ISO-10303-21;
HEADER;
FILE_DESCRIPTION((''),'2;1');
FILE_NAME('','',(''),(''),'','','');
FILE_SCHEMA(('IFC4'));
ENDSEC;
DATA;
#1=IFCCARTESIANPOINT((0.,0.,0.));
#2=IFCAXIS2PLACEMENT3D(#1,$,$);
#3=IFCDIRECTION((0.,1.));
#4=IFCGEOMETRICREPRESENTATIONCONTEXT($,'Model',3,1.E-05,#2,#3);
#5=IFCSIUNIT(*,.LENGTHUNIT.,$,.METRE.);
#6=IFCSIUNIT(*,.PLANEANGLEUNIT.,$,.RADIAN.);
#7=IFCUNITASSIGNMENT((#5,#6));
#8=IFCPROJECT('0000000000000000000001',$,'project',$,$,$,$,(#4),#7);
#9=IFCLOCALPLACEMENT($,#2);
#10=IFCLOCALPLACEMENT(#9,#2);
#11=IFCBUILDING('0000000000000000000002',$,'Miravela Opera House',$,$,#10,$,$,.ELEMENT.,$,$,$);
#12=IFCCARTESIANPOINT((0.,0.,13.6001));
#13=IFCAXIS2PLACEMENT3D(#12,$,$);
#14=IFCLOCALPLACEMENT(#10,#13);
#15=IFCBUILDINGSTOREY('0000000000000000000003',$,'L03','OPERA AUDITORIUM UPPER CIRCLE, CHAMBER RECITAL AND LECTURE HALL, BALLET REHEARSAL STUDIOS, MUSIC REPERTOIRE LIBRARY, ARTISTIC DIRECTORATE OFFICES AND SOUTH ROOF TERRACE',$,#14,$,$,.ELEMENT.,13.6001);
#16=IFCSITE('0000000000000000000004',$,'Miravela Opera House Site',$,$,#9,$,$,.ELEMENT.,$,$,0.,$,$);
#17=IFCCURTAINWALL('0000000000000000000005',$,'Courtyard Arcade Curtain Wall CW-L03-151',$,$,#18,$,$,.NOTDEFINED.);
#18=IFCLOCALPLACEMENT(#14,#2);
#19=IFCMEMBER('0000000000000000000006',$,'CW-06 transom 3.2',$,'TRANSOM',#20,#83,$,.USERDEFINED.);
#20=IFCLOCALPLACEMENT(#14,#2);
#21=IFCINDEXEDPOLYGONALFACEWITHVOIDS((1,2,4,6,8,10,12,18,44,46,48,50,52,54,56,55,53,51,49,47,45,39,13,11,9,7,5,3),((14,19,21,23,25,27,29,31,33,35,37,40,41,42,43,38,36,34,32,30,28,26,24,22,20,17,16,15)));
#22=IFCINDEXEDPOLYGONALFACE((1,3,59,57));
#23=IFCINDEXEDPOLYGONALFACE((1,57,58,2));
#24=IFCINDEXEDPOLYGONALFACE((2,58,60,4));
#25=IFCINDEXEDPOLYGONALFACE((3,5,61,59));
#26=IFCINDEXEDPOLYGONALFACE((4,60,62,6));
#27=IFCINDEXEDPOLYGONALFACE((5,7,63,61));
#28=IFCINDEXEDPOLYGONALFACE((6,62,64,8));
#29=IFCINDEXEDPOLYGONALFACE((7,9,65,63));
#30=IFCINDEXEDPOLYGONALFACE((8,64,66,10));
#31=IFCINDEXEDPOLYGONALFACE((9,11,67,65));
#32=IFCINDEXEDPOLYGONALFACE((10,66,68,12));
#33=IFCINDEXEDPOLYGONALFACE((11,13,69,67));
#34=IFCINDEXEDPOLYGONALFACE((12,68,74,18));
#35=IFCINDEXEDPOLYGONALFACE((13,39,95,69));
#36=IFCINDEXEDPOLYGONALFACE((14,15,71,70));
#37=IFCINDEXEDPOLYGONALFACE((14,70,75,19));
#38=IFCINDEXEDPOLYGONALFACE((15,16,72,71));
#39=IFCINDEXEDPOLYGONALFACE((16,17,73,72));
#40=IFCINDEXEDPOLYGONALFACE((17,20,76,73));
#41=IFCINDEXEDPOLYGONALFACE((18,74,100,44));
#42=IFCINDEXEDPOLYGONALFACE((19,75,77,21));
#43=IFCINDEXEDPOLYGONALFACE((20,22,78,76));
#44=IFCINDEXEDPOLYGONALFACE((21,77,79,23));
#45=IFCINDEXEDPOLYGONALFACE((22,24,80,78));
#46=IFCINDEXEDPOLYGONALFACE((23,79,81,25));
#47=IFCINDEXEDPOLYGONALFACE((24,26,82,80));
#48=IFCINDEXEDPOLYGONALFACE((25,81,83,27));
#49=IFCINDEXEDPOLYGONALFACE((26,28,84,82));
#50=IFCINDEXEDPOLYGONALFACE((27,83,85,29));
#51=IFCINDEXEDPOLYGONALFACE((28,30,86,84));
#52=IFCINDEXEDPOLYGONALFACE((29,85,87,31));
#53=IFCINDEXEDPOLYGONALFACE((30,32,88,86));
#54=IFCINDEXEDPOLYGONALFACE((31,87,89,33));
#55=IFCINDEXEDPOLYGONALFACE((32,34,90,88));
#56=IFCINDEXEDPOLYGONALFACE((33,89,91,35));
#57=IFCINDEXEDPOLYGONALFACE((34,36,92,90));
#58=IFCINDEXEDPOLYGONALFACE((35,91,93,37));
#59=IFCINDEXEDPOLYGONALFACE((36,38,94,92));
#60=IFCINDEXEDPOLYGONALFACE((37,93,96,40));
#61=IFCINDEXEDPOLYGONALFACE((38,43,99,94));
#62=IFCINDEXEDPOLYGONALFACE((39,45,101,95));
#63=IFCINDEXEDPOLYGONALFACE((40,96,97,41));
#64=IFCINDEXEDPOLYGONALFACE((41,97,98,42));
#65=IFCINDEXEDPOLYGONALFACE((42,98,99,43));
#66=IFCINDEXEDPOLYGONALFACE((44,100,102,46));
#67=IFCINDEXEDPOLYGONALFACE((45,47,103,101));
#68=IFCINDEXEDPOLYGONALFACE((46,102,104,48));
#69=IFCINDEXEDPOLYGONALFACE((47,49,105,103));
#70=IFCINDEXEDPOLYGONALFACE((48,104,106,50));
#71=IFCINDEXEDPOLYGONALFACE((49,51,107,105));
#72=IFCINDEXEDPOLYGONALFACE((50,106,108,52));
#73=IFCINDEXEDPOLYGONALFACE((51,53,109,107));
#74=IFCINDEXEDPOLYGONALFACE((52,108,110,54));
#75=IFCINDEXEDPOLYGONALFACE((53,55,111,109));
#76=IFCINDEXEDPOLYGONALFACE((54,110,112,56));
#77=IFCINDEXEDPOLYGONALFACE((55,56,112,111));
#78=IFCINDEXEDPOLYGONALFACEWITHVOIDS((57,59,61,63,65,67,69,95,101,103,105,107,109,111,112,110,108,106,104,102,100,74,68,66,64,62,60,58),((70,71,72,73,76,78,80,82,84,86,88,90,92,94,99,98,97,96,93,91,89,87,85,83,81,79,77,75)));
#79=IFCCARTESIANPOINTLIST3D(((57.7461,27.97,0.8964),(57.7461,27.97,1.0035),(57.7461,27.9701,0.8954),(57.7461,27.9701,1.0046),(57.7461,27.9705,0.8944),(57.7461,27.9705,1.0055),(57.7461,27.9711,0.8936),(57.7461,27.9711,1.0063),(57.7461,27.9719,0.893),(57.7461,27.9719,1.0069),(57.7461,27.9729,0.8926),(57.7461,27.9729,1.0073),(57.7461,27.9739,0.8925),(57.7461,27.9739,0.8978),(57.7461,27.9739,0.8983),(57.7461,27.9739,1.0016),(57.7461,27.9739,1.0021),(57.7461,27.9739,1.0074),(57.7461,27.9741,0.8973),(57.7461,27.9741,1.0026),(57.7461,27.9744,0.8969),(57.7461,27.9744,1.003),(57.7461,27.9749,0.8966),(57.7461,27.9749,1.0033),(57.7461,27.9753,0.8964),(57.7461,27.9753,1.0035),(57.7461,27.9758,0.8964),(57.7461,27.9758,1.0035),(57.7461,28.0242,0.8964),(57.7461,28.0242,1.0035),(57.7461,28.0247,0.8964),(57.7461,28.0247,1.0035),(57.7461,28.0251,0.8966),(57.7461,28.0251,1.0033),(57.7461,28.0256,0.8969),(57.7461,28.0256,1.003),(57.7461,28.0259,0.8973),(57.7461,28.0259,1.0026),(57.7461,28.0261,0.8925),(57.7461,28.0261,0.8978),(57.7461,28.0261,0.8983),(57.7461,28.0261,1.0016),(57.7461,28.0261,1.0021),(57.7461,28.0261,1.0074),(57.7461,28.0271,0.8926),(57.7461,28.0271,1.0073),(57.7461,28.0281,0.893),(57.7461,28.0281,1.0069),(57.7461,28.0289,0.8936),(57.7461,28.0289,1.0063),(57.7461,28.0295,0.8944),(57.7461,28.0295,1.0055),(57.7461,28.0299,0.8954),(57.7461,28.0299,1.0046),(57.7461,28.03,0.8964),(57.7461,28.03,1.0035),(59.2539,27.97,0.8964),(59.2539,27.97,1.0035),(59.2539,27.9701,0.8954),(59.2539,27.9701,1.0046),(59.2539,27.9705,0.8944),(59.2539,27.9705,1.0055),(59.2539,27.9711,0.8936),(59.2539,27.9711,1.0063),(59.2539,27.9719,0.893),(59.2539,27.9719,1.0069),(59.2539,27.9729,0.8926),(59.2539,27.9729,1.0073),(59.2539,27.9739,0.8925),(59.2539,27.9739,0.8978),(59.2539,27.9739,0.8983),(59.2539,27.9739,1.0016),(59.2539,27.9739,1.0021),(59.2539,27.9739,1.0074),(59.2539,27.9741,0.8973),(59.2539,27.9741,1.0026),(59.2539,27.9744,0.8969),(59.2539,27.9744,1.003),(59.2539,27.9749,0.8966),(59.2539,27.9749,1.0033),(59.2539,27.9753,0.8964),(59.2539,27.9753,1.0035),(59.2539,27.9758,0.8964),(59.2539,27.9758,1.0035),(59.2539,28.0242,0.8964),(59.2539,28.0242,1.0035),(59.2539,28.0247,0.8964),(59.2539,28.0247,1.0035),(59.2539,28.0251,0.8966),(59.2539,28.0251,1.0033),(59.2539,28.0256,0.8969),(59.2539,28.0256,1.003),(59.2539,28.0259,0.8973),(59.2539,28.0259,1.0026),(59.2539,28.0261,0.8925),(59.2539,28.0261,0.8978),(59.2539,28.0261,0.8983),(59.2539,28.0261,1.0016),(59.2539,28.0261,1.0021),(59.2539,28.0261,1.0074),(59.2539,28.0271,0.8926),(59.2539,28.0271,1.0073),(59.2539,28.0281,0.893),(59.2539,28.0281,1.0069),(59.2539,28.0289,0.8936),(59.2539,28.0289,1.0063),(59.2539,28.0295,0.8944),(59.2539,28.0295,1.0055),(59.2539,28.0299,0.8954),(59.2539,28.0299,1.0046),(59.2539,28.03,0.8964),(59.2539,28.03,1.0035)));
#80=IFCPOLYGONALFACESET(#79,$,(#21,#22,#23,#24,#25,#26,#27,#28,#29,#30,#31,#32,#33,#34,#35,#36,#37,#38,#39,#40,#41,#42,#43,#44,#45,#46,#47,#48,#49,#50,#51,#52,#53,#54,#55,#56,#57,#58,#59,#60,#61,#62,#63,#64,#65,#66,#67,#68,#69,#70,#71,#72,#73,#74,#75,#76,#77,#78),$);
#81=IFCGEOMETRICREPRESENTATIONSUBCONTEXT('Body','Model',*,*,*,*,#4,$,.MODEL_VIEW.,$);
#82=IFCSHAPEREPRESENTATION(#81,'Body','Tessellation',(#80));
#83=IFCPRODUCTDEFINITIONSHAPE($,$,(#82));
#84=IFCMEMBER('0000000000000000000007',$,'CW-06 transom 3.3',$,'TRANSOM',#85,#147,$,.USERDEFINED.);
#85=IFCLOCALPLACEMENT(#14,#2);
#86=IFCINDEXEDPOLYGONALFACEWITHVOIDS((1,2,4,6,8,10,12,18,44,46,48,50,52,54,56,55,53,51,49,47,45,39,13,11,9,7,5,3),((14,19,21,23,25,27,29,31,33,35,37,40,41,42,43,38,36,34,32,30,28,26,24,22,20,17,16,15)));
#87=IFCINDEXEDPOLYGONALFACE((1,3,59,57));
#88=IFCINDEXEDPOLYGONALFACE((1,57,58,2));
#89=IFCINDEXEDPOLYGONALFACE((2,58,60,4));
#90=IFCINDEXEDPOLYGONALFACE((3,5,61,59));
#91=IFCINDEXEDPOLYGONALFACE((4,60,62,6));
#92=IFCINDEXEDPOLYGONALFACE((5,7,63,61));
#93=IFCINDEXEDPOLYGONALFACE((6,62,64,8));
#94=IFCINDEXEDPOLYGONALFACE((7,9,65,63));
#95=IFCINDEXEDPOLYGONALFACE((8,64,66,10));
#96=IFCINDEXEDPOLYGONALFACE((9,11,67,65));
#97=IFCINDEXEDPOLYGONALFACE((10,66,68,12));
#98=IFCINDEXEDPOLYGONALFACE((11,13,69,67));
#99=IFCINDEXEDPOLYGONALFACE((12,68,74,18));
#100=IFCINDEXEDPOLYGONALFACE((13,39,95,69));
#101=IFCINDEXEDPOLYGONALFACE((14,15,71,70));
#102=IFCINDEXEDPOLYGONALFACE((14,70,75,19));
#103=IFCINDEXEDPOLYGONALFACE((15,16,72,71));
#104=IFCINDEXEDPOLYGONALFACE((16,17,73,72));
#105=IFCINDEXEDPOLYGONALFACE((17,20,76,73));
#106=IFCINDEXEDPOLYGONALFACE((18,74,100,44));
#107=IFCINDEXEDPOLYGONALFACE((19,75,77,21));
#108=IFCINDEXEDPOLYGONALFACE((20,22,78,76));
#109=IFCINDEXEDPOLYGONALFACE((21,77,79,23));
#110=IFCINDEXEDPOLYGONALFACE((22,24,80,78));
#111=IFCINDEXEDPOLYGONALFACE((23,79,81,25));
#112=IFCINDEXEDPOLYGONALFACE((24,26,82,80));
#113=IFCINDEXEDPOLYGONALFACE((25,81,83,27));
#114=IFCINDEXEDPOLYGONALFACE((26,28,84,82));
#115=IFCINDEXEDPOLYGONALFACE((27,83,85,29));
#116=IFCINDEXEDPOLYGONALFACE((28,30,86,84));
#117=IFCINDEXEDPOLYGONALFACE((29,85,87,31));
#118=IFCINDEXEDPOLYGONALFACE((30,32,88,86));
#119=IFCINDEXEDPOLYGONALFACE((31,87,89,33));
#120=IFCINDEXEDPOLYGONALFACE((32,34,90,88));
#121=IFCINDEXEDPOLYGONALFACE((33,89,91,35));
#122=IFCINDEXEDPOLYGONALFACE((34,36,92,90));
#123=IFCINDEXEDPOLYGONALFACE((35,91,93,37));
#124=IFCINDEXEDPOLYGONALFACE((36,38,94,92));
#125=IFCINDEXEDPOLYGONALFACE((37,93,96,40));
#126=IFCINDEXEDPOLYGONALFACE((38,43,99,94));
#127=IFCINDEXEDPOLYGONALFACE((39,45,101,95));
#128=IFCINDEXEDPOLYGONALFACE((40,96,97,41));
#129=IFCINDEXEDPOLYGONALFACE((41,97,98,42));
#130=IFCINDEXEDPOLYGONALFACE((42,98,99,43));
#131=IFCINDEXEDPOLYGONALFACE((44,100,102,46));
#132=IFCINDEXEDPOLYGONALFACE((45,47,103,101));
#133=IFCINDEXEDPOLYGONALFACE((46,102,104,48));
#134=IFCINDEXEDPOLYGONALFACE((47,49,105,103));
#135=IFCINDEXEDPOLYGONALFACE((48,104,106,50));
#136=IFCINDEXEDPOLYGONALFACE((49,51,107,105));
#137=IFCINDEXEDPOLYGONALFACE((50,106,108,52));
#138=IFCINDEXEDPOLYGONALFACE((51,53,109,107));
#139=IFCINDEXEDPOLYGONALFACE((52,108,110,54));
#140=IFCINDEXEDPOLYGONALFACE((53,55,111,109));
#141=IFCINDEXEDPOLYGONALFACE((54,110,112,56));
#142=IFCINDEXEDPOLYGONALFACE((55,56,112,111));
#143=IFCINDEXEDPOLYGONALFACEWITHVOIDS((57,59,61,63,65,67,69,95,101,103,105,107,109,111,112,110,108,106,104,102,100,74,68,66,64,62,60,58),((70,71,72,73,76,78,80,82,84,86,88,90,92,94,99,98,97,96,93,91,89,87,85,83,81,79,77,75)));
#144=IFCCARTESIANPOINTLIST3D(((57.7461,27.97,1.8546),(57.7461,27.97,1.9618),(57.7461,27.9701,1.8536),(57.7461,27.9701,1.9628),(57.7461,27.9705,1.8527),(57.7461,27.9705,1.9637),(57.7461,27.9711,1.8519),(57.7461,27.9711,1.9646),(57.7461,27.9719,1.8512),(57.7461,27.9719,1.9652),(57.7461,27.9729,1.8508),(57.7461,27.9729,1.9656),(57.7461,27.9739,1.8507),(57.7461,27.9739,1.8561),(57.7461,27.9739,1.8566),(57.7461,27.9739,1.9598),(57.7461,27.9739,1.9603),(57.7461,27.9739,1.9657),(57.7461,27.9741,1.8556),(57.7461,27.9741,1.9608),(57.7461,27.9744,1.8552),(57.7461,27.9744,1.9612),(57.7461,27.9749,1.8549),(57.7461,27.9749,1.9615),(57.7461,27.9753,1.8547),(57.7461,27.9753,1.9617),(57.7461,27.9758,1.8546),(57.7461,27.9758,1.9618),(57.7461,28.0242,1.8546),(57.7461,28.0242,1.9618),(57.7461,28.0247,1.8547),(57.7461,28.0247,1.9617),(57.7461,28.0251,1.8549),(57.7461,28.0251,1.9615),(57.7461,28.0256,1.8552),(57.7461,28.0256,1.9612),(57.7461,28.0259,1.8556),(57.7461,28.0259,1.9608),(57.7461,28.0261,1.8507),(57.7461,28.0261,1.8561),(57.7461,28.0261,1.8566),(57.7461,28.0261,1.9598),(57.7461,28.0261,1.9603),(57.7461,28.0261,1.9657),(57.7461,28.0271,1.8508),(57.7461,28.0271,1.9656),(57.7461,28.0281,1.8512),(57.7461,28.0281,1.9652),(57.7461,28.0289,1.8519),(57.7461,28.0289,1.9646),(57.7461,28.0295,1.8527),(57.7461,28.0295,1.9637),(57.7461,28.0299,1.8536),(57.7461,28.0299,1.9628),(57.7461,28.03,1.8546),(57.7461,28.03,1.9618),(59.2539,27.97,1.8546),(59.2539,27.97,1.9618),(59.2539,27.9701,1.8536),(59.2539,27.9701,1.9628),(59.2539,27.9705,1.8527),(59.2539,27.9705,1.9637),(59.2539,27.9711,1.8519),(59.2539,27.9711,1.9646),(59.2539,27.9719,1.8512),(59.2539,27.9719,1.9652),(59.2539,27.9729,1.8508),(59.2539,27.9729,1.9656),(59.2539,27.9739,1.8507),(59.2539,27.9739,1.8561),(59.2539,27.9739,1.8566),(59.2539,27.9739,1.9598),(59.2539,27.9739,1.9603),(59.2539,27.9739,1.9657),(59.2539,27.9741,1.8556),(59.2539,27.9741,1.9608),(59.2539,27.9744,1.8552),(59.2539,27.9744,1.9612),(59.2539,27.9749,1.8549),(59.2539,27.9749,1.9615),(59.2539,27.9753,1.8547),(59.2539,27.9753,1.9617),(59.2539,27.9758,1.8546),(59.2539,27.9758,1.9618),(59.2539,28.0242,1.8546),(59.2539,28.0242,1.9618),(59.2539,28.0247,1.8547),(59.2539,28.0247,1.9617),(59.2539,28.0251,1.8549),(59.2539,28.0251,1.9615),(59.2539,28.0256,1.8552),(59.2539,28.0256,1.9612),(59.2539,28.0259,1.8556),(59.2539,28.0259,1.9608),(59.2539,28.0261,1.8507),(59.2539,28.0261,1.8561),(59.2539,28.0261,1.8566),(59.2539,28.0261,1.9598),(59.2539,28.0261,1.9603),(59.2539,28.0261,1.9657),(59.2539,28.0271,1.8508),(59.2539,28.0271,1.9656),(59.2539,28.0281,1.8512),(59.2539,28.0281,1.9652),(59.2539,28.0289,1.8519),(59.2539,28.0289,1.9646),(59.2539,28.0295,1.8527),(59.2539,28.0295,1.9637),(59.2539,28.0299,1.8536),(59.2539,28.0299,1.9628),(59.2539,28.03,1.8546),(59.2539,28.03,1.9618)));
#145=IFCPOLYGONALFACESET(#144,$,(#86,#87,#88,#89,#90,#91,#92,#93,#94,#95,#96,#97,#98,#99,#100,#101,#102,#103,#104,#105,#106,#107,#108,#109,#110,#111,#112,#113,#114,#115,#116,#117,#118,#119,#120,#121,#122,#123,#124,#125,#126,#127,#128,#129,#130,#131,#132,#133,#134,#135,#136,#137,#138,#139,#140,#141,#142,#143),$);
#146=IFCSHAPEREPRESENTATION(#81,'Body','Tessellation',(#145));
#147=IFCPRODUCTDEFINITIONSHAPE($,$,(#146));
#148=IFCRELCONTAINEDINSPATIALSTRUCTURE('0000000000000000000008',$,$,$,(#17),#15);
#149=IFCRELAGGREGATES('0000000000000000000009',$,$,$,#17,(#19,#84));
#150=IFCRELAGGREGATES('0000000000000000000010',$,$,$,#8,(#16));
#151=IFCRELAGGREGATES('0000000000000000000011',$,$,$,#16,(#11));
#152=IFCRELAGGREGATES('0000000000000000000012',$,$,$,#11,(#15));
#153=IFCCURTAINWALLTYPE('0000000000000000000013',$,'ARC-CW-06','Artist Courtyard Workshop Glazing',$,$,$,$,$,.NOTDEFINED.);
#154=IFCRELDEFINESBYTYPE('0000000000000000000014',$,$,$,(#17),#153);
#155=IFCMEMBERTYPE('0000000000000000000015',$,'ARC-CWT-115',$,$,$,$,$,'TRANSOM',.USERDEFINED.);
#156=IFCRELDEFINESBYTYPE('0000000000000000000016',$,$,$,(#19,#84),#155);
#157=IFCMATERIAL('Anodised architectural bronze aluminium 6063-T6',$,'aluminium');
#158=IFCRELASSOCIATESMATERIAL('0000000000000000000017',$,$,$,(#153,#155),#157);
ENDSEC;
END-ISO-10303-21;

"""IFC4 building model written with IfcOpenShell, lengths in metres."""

from ifc_helpers import new_model, si_unit, direction, frame, origin, origin_2d, place, context, subcontext, project, spatial, hollow_rectangle, extrude, material, material_profile, profile_set, type_object, element, aggregate, save


model = new_model("IFC4")

# Units and contexts
model_context = context("Model", 3, precision=1e-05, world=origin(), true_north=direction((0.0, 1.0)))
body_context = subcontext(model_context, "Body", "Model", "MODEL_VIEW")
ifc_project = project(units=[si_unit("LENGTHUNIT", "METRE"), si_unit("PLANEANGLEUNIT", "RADIAN")], contexts=[model_context])

# Site, building, storey
site_placement = place(None, origin())
site = spatial("IfcSite", under=ifc_project, at=site_placement, Name="Miravela Opera House Site", CompositionType="ELEMENT", RefElevation=0.0)
building_placement = place(site_placement, origin())
building = spatial("IfcBuilding", under=site, at=building_placement, Name="Miravela Opera House", CompositionType="ELEMENT")
storey_placement = place(building_placement, frame((0.0, 0.0, 13.6001)))
storey = spatial("IfcBuildingStorey", under=building, at=storey_placement, Name="L03", Description="OPERA AUDITORIUM UPPER CIRCLE, CHAMBER RECITAL AND LECTURE HALL, BALLET REHEARSAL STUDIOS, MUSIC REPERTOIRE LIBRARY, ARTISTIC DIRECTORATE OFFICES AND SOUTH ROOF TERRACE", CompositionType="ELEMENT", Elevation=13.6001)

# Shared definitions
ifc_material_1 = material(Name="Anodised architectural bronze aluminium 6063-T6", Category="aluminium")
curtain_wall_type = type_object("IfcCurtainWallType", Name="ARC-CW-06", Description="Artist Courtyard Workshop Glazing", PredefinedType="NOTDEFINED", material=ifc_material_1)

# Curtain wall
curtain_wall_1_placement = place(storey_placement, origin())
curtain_wall_1 = element("IfcCurtainWall", 1, at=curtain_wall_1_placement, inside=storey, type_object=curtain_wall_type, Name="Courtyard Arcade Curtain Wall CW-L03-151", PredefinedType="NOTDEFINED")

# Members
ifc_material_profile_1 = material_profile(ifc_material_1, hollow_rectangle(XDim=0.0601, YDim=0.115, WallThickness=0.0039, InnerFilletRadius=0.002, OuterFilletRadius=0.0039, at=origin_2d()), Name="CWT-60X115")
ifc_profile_set_1 = profile_set([ifc_material_profile_1])
member_type_1 = type_object("IfcMemberType", Name="ARC-CWT-115", ElementType="TRANSOM", PredefinedType="USERDEFINED", material=ifc_profile_set_1)
member_1_placement = place(storey_placement, frame((57.7461, 28.0, 0.95), z_axis=(1.0, 0.0, 0.0), x_axis=(0.0, 1.0, 0.0)))
member_1 = element("IfcMember", 2, at=member_1_placement, type_object=member_type_1, Name="CW-06 transom 3.2", ObjectType="TRANSOM", PredefinedType="USERDEFINED", context=body_context, shape_type="SweptSolid", body=[
    extrude(hollow_rectangle(XDim=0.0601, YDim=0.115, WallThickness=0.0039, InnerFilletRadius=0.002, OuterFilletRadius=0.0039, at=origin_2d()), origin(), (0.0, 0.0, 1.0), 1.5078),
])
member_2_placement = place(storey_placement, frame((57.7461, 28.0, 1.9082), z_axis=(1.0, 0.0, 0.0), x_axis=(0.0, 1.0, 0.0)))
member_2 = element("IfcMember", 3, at=member_2_placement, type_object=member_type_1, Name="CW-06 transom 3.3", ObjectType="TRANSOM", PredefinedType="USERDEFINED", context=body_context, shape_type="SweptSolid", body=[
    extrude(hollow_rectangle(XDim=0.0601, YDim=0.115, WallThickness=0.0039, InnerFilletRadius=0.002, OuterFilletRadius=0.0039, at=origin_2d()), origin(), (0.0, 0.0, 1.0), 1.5078),
])

aggregate(curtain_wall_1, [member_1, member_2])

save(model, "model.ifc")
